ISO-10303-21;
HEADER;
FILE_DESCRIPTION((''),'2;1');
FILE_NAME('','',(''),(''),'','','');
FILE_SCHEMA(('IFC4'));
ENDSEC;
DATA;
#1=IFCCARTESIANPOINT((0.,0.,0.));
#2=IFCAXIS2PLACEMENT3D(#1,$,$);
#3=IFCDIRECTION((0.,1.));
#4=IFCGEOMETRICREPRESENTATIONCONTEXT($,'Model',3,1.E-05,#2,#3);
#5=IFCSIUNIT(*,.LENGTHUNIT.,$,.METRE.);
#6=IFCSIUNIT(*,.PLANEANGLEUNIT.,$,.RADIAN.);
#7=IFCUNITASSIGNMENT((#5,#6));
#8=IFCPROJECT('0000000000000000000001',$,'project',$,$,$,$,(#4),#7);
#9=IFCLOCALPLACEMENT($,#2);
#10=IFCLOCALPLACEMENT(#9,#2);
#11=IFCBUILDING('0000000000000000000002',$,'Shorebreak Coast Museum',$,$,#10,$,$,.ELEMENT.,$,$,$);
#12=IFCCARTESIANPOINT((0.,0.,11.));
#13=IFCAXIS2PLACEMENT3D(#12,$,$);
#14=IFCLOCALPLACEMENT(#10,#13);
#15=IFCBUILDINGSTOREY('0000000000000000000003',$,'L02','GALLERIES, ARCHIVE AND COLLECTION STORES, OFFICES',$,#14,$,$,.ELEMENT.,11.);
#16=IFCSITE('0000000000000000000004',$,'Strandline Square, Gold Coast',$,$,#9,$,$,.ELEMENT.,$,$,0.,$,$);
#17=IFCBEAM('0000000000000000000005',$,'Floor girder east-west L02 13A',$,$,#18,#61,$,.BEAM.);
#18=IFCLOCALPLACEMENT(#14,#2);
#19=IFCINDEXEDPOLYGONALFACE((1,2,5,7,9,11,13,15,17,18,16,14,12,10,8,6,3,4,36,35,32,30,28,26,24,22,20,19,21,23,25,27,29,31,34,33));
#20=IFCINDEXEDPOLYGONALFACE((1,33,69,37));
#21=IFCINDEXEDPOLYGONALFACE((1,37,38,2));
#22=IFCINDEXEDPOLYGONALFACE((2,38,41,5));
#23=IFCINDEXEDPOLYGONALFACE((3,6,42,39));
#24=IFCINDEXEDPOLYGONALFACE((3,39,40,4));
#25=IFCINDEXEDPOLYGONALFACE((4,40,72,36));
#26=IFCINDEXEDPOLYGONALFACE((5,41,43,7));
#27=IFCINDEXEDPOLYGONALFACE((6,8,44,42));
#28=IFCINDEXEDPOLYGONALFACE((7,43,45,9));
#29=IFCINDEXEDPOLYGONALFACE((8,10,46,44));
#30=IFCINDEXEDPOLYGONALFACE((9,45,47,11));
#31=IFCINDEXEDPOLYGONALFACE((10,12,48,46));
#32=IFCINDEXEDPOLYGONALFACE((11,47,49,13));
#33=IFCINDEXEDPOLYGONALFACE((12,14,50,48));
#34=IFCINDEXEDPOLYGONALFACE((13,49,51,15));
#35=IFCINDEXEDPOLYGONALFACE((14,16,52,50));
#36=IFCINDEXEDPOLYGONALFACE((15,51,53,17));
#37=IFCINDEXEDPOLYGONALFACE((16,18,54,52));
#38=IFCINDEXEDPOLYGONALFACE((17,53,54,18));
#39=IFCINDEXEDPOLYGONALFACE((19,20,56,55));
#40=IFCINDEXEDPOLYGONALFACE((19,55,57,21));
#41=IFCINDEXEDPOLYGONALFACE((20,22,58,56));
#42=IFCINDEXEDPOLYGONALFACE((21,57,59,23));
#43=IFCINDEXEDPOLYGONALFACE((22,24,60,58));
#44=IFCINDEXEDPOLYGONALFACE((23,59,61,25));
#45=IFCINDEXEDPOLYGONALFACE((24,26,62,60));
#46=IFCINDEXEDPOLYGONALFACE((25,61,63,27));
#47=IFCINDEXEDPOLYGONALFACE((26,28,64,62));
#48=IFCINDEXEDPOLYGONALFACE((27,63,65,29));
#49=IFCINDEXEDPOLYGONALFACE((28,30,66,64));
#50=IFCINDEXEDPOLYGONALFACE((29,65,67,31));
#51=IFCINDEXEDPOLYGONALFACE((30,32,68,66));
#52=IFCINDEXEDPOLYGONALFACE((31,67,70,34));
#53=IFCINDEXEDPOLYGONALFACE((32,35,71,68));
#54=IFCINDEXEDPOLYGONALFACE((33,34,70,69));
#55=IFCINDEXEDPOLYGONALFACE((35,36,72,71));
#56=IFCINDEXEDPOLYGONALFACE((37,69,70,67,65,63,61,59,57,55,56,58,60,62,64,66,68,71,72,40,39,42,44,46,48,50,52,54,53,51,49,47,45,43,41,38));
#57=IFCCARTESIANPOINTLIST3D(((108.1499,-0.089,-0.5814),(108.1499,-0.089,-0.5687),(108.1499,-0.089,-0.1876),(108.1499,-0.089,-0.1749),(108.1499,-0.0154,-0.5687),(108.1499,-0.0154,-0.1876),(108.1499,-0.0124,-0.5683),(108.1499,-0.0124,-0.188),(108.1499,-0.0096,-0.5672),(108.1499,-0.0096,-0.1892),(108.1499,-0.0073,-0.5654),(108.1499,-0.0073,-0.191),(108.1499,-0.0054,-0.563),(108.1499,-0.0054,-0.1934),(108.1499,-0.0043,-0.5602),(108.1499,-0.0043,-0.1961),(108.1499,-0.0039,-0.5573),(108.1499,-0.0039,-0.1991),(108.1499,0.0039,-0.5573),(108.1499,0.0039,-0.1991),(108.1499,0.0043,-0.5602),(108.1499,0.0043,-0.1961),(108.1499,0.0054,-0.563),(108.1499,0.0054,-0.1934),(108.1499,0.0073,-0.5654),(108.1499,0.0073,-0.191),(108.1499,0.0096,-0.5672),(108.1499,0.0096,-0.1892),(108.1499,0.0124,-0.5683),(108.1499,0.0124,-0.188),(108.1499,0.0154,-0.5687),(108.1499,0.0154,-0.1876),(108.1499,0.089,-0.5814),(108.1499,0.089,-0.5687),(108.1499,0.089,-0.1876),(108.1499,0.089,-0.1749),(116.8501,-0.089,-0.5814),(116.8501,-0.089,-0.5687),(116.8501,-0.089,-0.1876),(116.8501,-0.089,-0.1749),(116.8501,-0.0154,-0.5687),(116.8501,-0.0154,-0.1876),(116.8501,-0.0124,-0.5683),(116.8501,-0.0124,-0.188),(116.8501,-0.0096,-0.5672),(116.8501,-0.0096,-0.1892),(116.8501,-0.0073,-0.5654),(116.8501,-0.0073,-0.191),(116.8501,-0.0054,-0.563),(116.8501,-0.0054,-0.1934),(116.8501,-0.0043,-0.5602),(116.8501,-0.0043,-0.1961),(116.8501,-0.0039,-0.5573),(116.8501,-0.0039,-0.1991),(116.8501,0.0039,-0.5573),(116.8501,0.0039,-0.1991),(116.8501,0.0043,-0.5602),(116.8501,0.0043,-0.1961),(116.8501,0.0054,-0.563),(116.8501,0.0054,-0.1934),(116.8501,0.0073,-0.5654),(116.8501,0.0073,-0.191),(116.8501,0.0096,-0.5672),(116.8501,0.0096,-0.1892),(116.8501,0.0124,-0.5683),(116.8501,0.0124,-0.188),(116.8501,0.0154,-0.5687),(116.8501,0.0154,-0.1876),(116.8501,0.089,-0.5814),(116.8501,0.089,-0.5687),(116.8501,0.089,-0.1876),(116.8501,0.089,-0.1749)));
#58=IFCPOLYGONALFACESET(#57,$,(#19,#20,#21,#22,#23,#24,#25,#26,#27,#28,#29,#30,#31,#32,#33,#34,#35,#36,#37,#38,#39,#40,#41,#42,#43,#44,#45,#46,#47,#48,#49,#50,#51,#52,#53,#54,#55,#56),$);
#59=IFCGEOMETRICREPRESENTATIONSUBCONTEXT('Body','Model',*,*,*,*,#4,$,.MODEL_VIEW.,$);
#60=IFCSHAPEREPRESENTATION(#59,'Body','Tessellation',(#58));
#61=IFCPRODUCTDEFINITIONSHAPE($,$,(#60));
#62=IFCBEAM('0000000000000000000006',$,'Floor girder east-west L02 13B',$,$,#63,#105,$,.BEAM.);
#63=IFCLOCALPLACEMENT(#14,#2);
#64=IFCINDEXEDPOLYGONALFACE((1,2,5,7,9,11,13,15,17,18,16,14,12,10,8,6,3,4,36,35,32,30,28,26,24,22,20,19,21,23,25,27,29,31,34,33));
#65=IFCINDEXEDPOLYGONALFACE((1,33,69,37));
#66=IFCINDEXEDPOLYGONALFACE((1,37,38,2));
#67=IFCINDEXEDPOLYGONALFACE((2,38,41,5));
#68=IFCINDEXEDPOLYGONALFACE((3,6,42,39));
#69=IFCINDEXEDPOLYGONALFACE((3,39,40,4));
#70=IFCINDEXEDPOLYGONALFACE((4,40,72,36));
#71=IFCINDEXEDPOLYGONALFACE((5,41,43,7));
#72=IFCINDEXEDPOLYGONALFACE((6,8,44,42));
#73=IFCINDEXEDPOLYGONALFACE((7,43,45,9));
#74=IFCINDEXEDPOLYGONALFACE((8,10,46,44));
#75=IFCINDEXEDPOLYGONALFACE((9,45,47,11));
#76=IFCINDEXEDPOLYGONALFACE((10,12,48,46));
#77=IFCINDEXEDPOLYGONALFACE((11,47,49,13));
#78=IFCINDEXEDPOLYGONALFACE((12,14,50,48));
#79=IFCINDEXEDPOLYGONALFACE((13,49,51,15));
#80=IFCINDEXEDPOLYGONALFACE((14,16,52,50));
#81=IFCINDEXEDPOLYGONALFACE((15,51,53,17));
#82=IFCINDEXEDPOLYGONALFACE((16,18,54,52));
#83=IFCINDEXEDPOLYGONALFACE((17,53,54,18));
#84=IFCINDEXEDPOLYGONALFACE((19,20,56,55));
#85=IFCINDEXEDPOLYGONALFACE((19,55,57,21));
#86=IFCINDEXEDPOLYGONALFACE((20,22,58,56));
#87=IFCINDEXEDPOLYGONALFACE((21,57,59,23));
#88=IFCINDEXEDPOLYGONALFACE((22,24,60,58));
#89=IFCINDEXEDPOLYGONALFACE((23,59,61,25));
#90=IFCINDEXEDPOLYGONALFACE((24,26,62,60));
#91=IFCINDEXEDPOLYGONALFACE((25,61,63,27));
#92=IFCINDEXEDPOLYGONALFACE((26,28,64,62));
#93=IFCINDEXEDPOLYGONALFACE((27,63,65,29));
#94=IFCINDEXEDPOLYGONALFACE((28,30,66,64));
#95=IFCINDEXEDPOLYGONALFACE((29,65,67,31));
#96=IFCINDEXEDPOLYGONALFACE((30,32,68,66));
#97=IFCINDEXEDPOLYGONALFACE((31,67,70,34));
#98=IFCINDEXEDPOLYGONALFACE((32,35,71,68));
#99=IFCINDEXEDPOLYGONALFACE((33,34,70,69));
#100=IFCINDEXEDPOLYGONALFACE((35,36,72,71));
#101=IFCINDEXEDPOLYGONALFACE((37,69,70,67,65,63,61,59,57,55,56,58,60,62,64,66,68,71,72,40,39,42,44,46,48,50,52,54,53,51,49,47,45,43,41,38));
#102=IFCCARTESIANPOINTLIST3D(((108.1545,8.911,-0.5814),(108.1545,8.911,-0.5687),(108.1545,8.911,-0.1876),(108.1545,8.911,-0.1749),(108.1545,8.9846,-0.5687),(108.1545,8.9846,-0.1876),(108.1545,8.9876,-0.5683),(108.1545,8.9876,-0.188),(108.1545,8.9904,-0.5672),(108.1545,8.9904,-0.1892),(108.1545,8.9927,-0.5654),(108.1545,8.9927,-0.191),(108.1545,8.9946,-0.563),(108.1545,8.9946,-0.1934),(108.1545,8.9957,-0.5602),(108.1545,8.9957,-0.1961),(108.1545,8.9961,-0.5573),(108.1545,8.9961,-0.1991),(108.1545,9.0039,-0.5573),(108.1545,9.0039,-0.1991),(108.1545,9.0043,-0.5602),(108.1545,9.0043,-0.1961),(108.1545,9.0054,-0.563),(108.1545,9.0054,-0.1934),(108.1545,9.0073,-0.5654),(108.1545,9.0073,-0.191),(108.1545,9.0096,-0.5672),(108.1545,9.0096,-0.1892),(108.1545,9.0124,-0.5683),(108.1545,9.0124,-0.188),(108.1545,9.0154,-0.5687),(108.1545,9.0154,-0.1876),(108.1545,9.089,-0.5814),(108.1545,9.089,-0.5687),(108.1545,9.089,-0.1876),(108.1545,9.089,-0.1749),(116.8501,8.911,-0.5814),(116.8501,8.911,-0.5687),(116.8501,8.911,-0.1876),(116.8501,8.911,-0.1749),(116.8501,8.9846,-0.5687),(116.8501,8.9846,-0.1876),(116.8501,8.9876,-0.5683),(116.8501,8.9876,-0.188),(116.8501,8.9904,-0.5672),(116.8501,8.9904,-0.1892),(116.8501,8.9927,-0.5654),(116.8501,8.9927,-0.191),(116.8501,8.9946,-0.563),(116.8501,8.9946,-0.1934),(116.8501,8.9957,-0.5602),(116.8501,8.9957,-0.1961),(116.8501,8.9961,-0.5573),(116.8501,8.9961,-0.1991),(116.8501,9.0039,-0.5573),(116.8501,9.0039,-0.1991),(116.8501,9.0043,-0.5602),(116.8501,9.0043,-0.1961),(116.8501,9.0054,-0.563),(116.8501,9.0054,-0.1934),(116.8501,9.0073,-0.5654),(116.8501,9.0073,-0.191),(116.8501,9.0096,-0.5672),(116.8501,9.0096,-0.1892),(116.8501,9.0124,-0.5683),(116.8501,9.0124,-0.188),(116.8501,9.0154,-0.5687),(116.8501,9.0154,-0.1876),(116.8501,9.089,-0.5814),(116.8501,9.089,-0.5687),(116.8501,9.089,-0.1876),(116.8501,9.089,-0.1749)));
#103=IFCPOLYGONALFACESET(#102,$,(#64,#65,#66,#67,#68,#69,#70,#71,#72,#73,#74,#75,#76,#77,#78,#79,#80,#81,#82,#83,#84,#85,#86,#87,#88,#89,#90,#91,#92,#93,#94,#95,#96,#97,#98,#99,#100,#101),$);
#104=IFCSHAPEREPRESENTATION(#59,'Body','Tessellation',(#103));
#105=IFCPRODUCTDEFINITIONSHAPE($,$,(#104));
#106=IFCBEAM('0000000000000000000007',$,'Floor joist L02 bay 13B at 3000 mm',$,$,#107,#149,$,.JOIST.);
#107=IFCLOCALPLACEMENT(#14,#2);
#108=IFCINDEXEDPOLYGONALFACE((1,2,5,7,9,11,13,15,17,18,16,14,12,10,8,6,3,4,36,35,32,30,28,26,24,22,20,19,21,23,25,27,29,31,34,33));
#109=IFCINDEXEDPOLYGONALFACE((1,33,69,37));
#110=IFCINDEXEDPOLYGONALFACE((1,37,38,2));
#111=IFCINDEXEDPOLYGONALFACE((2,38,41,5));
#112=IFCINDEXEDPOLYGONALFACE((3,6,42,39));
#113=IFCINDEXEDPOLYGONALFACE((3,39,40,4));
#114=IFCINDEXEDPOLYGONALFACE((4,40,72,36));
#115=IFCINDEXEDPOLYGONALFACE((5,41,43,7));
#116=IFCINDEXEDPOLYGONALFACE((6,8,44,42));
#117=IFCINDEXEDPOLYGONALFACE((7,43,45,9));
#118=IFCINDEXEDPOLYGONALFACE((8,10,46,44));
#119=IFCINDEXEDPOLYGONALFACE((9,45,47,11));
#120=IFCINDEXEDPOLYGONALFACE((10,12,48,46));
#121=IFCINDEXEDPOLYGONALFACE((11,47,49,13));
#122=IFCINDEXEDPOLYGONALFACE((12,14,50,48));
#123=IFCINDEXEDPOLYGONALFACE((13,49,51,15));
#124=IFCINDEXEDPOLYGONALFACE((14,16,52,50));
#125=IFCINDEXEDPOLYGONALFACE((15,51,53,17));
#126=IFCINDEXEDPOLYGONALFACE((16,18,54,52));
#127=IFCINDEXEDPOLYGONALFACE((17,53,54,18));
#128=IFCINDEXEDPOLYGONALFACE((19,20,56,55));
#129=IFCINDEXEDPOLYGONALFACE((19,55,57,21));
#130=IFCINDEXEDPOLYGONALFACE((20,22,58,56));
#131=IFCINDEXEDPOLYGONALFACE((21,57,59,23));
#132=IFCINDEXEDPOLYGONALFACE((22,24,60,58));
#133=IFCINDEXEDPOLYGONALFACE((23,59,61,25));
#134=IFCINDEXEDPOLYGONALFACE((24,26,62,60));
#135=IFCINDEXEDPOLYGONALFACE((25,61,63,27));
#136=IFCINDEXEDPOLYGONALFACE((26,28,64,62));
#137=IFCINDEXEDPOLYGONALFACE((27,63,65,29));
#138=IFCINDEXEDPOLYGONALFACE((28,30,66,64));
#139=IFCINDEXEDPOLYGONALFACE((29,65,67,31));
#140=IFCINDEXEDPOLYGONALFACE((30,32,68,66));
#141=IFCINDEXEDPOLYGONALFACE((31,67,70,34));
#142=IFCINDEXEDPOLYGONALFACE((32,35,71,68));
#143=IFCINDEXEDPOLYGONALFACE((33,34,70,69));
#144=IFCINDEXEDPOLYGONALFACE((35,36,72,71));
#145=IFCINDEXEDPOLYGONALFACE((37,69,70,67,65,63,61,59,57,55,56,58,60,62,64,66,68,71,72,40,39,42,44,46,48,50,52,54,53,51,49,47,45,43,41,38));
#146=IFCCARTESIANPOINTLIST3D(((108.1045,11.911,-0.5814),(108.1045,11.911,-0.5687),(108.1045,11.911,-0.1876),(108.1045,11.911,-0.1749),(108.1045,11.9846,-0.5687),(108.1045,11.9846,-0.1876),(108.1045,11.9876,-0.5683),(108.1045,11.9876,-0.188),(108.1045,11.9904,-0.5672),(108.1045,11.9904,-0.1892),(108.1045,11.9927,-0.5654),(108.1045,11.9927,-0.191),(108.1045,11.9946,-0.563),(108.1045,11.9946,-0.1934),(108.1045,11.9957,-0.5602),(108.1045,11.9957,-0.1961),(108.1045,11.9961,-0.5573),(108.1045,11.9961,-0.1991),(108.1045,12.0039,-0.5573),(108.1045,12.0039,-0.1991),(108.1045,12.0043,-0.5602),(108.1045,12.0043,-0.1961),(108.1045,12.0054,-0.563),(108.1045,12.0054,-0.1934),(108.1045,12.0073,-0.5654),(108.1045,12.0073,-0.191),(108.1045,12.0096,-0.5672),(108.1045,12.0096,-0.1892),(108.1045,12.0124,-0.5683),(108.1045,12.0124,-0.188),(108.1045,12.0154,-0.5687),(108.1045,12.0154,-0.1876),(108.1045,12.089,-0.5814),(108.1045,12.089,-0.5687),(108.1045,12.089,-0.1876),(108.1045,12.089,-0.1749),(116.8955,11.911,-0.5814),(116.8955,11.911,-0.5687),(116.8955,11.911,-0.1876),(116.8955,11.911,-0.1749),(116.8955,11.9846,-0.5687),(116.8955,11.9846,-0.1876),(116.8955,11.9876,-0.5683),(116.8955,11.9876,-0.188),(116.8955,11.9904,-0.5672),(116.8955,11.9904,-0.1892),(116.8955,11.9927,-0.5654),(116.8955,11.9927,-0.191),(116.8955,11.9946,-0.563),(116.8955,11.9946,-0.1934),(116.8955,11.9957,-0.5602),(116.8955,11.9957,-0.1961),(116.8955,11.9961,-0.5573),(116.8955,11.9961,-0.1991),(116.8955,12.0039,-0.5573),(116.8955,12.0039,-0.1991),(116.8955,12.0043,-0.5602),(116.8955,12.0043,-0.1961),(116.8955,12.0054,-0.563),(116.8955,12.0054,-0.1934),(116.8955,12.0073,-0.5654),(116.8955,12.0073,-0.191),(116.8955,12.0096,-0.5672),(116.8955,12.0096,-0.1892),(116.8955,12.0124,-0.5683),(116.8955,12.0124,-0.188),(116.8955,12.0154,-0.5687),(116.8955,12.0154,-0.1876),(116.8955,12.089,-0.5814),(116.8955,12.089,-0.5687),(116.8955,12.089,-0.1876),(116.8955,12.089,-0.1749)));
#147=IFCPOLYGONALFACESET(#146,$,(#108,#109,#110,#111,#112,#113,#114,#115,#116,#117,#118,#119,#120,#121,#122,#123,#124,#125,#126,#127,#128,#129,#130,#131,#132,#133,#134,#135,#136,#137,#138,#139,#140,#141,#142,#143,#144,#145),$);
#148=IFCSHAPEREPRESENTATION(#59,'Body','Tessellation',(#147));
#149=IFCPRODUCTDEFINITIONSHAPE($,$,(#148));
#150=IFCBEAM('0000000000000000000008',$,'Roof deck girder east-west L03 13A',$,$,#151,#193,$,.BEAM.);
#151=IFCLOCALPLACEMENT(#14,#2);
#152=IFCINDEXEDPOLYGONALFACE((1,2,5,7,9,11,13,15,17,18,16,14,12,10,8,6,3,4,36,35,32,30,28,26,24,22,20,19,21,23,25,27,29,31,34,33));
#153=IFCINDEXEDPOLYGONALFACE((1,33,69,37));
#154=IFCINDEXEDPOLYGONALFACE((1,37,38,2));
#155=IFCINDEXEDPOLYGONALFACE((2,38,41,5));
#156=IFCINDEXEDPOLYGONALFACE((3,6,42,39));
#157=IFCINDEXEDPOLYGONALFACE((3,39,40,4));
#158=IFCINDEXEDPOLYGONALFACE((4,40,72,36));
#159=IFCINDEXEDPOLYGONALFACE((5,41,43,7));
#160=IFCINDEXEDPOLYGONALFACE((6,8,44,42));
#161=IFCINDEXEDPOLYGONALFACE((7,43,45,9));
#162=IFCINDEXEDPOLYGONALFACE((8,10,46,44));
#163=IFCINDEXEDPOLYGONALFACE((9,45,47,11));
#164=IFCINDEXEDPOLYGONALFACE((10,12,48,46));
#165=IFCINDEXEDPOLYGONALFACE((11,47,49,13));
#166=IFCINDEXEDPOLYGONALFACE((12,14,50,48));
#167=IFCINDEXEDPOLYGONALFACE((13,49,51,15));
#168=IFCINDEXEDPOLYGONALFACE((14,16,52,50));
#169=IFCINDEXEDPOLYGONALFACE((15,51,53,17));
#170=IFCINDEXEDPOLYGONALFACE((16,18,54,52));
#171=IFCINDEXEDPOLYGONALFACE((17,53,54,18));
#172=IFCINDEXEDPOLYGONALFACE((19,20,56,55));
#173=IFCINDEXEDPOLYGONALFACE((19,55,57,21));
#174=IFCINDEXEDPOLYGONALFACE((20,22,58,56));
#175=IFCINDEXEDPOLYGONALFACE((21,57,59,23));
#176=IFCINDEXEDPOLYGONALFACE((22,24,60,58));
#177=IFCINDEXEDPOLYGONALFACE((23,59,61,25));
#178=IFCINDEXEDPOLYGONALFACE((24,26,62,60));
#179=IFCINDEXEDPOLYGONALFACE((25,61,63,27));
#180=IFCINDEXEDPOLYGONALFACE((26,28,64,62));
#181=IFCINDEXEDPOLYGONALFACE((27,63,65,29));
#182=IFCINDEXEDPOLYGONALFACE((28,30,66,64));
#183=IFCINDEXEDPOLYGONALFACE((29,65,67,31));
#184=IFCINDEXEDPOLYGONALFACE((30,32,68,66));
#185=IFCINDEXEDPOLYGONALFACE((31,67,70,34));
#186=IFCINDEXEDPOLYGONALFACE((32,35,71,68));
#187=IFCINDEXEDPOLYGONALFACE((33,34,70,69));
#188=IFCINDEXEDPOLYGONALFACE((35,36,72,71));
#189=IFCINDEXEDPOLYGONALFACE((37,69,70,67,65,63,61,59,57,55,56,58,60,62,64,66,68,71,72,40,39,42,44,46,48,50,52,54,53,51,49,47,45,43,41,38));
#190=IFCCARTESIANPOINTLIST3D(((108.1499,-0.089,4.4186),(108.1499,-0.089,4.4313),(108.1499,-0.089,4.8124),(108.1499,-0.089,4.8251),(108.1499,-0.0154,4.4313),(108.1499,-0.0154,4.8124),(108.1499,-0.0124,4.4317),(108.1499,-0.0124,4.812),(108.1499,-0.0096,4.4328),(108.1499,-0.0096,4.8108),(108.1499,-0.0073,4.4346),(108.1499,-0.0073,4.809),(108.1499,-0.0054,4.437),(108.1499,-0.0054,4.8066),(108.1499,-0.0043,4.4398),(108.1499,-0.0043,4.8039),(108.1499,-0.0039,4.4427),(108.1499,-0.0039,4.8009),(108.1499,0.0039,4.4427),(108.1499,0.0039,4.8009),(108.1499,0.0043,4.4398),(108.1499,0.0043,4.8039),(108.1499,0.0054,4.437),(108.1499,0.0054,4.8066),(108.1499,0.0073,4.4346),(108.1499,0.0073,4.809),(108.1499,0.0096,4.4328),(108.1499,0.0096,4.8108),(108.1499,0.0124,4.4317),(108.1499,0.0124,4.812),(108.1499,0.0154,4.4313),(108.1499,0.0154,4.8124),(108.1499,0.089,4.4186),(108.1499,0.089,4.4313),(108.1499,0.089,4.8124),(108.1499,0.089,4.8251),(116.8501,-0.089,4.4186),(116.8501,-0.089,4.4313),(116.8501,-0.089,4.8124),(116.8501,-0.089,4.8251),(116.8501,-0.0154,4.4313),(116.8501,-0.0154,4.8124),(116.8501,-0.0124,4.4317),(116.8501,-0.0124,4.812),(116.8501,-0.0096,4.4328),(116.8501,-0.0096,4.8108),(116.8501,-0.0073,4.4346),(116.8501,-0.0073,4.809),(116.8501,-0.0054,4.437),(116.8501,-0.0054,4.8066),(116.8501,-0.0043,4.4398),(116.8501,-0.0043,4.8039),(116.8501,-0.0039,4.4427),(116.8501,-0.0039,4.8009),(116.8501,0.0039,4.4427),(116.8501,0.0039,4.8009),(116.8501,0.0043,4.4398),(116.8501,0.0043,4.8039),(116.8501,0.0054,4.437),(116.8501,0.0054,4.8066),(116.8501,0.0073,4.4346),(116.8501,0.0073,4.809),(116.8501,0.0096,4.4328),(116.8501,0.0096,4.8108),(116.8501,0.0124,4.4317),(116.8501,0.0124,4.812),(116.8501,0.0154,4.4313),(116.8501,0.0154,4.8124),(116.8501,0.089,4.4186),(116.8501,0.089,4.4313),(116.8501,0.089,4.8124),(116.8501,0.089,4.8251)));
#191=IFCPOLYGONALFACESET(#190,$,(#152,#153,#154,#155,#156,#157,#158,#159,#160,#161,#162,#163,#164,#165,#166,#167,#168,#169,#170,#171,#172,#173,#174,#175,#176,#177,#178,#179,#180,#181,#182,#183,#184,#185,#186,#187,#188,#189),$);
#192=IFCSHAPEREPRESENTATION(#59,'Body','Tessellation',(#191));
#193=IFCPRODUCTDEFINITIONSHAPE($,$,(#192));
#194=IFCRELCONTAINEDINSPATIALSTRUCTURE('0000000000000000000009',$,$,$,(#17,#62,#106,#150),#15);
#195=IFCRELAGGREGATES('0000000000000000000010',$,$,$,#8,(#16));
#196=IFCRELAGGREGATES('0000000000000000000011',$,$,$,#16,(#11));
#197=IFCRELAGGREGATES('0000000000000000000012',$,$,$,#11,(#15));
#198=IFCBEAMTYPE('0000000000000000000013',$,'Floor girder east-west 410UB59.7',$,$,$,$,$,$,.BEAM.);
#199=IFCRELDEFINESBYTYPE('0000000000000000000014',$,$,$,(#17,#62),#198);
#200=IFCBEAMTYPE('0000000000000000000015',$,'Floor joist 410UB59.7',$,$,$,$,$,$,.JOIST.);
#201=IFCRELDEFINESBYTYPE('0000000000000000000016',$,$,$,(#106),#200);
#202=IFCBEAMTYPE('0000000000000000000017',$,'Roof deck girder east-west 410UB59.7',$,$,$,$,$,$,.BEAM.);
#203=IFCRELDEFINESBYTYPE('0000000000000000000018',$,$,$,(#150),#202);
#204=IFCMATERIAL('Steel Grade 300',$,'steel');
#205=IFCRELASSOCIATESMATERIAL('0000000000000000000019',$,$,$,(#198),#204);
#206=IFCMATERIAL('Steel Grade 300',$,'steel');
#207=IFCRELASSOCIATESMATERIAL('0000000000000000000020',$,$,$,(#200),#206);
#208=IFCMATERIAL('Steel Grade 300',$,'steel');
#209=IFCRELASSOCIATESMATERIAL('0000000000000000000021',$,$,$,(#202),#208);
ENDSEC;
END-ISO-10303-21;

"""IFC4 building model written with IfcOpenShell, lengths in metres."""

from ifc_helpers import new_model, si_unit, direction, frame, origin, origin_2d, place, context, subcontext, project, spatial, i_section, extrude, material, material_profile, profile_set, type_object, element, save


model = new_model("IFC4")

# Units and contexts
model_context = context("Model", 3, precision=1e-05, world=origin(), true_north=direction((0.0, 1.0)))
body_context = subcontext(model_context, "Body", "Model", "MODEL_VIEW")
ifc_project = project(units=[si_unit("LENGTHUNIT", "METRE"), si_unit("PLANEANGLEUNIT", "RADIAN")], contexts=[model_context])

# Site, building, storey
site_placement = place(None, origin())
site = spatial("IfcSite", under=ifc_project, at=site_placement, Name="Strandline Square, Gold Coast", CompositionType="ELEMENT", RefElevation=0.0)
building_placement = place(site_placement, origin())
building = spatial("IfcBuilding", under=site, at=building_placement, Name="Shorebreak Coast Museum", CompositionType="ELEMENT")
storey_placement = place(building_placement, frame((0.0, 0.0, 11.0)))
storey = spatial("IfcBuildingStorey", under=building, at=storey_placement, Name="L02", Description="GALLERIES, ARCHIVE AND COLLECTION STORES, OFFICES", CompositionType="ELEMENT", Elevation=11.0)

# Beams
ifc_material_1 = material(Name="Steel Grade 300", Category="steel")
ifc_material_profile_1 = material_profile(ifc_material_1, i_section(OverallWidth=0.178, OverallDepth=0.4065, WebThickness=0.0078, FlangeThickness=0.0127, FilletRadius=0.0115, at=origin_2d()), Name="410UB59.7")
ifc_profile_set_1 = profile_set([ifc_material_profile_1], Name="Steel Grade 300")
beam_type_1 = type_object("IfcBeamType", Name="Floor girder east-west 410UB59.7", PredefinedType="BEAM", material=ifc_profile_set_1)
beam_1_placement = place(storey_placement, frame((108.1499, 0.0, -0.3782), z_axis=(1.0, 0.0, 0.0), x_axis=(0.0, 1.0, 0.0)))
element("IfcBeam", 1, at=beam_1_placement, inside=storey, type_object=beam_type_1, Name="Floor girder east-west L02 13A", PredefinedType="BEAM", context=body_context, shape_type="SweptSolid", body=[
    extrude(i_section(OverallWidth=0.178, OverallDepth=0.4065, WebThickness=0.0078, FlangeThickness=0.0127, FilletRadius=0.0115, at=origin_2d()), origin(), (0.0, 0.0, 1.0), 8.7002),
])
beam_2_placement = place(storey_placement, frame((108.1545, 9.0, -0.3782), z_axis=(1.0, 0.0, 0.0), x_axis=(0.0, 1.0, 0.0)))
element("IfcBeam", 2, at=beam_2_placement, inside=storey, type_object=beam_type_1, Name="Floor girder east-west L02 13B", PredefinedType="BEAM", context=body_context, shape_type="SweptSolid", body=[
    extrude(i_section(OverallWidth=0.178, OverallDepth=0.4065, WebThickness=0.0078, FlangeThickness=0.0127, FilletRadius=0.0115, at=origin_2d()), origin(), (0.0, 0.0, 1.0), 8.6956),
])
ifc_material_2 = material(Name="Steel Grade 300", Category="steel")
ifc_material_profile_2 = material_profile(ifc_material_2, i_section(OverallWidth=0.178, OverallDepth=0.4065, WebThickness=0.0078, FlangeThickness=0.0127, FilletRadius=0.0115, at=origin_2d()), Name="410UB59.7")
ifc_profile_set_2 = profile_set([ifc_material_profile_2], Name="Steel Grade 300")
beam_type_2 = type_object("IfcBeamType", Name="Floor joist 410UB59.7", PredefinedType="JOIST", material=ifc_profile_set_2)
beam_3_placement = place(storey_placement, frame((108.1045, 12.0, -0.3782), z_axis=(1.0, 0.0, 0.0), x_axis=(0.0, 1.0, 0.0)))
element("IfcBeam", 3, at=beam_3_placement, inside=storey, type_object=beam_type_2, Name="Floor joist L02 bay 13B at 3000 mm", PredefinedType="JOIST", context=body_context, shape_type="SweptSolid", body=[
    extrude(i_section(OverallWidth=0.178, OverallDepth=0.4065, WebThickness=0.0078, FlangeThickness=0.0127, FilletRadius=0.0115, at=origin_2d()), origin(), (0.0, 0.0, 1.0), 8.791),
])
ifc_material_3 = material(Name="Steel Grade 300", Category="steel")
ifc_material_profile_3 = material_profile(ifc_material_3, i_section(OverallWidth=0.178, OverallDepth=0.4065, WebThickness=0.0078, FlangeThickness=0.0127, FilletRadius=0.0115, at=origin_2d()), Name="410UB59.7")
ifc_profile_set_3 = profile_set([ifc_material_profile_3], Name="Steel Grade 300")
beam_type_3 = type_object("IfcBeamType", Name="Roof deck girder east-west 410UB59.7", PredefinedType="BEAM", material=ifc_profile_set_3)
beam_4_placement = place(storey_placement, frame((108.1499, 0.0, 4.6218), z_axis=(1.0, 0.0, 0.0), x_axis=(0.0, 1.0, 0.0)))
element("IfcBeam", 4, at=beam_4_placement, inside=storey, type_object=beam_type_3, Name="Roof deck girder east-west L03 13A", PredefinedType="BEAM", context=body_context, shape_type="SweptSolid", body=[
    extrude(i_section(OverallWidth=0.178, OverallDepth=0.4065, WebThickness=0.0078, FlangeThickness=0.0127, FilletRadius=0.0115, at=origin_2d()), origin(), (0.0, 0.0, 1.0), 8.7002),
])

save(model, "model.ifc")
